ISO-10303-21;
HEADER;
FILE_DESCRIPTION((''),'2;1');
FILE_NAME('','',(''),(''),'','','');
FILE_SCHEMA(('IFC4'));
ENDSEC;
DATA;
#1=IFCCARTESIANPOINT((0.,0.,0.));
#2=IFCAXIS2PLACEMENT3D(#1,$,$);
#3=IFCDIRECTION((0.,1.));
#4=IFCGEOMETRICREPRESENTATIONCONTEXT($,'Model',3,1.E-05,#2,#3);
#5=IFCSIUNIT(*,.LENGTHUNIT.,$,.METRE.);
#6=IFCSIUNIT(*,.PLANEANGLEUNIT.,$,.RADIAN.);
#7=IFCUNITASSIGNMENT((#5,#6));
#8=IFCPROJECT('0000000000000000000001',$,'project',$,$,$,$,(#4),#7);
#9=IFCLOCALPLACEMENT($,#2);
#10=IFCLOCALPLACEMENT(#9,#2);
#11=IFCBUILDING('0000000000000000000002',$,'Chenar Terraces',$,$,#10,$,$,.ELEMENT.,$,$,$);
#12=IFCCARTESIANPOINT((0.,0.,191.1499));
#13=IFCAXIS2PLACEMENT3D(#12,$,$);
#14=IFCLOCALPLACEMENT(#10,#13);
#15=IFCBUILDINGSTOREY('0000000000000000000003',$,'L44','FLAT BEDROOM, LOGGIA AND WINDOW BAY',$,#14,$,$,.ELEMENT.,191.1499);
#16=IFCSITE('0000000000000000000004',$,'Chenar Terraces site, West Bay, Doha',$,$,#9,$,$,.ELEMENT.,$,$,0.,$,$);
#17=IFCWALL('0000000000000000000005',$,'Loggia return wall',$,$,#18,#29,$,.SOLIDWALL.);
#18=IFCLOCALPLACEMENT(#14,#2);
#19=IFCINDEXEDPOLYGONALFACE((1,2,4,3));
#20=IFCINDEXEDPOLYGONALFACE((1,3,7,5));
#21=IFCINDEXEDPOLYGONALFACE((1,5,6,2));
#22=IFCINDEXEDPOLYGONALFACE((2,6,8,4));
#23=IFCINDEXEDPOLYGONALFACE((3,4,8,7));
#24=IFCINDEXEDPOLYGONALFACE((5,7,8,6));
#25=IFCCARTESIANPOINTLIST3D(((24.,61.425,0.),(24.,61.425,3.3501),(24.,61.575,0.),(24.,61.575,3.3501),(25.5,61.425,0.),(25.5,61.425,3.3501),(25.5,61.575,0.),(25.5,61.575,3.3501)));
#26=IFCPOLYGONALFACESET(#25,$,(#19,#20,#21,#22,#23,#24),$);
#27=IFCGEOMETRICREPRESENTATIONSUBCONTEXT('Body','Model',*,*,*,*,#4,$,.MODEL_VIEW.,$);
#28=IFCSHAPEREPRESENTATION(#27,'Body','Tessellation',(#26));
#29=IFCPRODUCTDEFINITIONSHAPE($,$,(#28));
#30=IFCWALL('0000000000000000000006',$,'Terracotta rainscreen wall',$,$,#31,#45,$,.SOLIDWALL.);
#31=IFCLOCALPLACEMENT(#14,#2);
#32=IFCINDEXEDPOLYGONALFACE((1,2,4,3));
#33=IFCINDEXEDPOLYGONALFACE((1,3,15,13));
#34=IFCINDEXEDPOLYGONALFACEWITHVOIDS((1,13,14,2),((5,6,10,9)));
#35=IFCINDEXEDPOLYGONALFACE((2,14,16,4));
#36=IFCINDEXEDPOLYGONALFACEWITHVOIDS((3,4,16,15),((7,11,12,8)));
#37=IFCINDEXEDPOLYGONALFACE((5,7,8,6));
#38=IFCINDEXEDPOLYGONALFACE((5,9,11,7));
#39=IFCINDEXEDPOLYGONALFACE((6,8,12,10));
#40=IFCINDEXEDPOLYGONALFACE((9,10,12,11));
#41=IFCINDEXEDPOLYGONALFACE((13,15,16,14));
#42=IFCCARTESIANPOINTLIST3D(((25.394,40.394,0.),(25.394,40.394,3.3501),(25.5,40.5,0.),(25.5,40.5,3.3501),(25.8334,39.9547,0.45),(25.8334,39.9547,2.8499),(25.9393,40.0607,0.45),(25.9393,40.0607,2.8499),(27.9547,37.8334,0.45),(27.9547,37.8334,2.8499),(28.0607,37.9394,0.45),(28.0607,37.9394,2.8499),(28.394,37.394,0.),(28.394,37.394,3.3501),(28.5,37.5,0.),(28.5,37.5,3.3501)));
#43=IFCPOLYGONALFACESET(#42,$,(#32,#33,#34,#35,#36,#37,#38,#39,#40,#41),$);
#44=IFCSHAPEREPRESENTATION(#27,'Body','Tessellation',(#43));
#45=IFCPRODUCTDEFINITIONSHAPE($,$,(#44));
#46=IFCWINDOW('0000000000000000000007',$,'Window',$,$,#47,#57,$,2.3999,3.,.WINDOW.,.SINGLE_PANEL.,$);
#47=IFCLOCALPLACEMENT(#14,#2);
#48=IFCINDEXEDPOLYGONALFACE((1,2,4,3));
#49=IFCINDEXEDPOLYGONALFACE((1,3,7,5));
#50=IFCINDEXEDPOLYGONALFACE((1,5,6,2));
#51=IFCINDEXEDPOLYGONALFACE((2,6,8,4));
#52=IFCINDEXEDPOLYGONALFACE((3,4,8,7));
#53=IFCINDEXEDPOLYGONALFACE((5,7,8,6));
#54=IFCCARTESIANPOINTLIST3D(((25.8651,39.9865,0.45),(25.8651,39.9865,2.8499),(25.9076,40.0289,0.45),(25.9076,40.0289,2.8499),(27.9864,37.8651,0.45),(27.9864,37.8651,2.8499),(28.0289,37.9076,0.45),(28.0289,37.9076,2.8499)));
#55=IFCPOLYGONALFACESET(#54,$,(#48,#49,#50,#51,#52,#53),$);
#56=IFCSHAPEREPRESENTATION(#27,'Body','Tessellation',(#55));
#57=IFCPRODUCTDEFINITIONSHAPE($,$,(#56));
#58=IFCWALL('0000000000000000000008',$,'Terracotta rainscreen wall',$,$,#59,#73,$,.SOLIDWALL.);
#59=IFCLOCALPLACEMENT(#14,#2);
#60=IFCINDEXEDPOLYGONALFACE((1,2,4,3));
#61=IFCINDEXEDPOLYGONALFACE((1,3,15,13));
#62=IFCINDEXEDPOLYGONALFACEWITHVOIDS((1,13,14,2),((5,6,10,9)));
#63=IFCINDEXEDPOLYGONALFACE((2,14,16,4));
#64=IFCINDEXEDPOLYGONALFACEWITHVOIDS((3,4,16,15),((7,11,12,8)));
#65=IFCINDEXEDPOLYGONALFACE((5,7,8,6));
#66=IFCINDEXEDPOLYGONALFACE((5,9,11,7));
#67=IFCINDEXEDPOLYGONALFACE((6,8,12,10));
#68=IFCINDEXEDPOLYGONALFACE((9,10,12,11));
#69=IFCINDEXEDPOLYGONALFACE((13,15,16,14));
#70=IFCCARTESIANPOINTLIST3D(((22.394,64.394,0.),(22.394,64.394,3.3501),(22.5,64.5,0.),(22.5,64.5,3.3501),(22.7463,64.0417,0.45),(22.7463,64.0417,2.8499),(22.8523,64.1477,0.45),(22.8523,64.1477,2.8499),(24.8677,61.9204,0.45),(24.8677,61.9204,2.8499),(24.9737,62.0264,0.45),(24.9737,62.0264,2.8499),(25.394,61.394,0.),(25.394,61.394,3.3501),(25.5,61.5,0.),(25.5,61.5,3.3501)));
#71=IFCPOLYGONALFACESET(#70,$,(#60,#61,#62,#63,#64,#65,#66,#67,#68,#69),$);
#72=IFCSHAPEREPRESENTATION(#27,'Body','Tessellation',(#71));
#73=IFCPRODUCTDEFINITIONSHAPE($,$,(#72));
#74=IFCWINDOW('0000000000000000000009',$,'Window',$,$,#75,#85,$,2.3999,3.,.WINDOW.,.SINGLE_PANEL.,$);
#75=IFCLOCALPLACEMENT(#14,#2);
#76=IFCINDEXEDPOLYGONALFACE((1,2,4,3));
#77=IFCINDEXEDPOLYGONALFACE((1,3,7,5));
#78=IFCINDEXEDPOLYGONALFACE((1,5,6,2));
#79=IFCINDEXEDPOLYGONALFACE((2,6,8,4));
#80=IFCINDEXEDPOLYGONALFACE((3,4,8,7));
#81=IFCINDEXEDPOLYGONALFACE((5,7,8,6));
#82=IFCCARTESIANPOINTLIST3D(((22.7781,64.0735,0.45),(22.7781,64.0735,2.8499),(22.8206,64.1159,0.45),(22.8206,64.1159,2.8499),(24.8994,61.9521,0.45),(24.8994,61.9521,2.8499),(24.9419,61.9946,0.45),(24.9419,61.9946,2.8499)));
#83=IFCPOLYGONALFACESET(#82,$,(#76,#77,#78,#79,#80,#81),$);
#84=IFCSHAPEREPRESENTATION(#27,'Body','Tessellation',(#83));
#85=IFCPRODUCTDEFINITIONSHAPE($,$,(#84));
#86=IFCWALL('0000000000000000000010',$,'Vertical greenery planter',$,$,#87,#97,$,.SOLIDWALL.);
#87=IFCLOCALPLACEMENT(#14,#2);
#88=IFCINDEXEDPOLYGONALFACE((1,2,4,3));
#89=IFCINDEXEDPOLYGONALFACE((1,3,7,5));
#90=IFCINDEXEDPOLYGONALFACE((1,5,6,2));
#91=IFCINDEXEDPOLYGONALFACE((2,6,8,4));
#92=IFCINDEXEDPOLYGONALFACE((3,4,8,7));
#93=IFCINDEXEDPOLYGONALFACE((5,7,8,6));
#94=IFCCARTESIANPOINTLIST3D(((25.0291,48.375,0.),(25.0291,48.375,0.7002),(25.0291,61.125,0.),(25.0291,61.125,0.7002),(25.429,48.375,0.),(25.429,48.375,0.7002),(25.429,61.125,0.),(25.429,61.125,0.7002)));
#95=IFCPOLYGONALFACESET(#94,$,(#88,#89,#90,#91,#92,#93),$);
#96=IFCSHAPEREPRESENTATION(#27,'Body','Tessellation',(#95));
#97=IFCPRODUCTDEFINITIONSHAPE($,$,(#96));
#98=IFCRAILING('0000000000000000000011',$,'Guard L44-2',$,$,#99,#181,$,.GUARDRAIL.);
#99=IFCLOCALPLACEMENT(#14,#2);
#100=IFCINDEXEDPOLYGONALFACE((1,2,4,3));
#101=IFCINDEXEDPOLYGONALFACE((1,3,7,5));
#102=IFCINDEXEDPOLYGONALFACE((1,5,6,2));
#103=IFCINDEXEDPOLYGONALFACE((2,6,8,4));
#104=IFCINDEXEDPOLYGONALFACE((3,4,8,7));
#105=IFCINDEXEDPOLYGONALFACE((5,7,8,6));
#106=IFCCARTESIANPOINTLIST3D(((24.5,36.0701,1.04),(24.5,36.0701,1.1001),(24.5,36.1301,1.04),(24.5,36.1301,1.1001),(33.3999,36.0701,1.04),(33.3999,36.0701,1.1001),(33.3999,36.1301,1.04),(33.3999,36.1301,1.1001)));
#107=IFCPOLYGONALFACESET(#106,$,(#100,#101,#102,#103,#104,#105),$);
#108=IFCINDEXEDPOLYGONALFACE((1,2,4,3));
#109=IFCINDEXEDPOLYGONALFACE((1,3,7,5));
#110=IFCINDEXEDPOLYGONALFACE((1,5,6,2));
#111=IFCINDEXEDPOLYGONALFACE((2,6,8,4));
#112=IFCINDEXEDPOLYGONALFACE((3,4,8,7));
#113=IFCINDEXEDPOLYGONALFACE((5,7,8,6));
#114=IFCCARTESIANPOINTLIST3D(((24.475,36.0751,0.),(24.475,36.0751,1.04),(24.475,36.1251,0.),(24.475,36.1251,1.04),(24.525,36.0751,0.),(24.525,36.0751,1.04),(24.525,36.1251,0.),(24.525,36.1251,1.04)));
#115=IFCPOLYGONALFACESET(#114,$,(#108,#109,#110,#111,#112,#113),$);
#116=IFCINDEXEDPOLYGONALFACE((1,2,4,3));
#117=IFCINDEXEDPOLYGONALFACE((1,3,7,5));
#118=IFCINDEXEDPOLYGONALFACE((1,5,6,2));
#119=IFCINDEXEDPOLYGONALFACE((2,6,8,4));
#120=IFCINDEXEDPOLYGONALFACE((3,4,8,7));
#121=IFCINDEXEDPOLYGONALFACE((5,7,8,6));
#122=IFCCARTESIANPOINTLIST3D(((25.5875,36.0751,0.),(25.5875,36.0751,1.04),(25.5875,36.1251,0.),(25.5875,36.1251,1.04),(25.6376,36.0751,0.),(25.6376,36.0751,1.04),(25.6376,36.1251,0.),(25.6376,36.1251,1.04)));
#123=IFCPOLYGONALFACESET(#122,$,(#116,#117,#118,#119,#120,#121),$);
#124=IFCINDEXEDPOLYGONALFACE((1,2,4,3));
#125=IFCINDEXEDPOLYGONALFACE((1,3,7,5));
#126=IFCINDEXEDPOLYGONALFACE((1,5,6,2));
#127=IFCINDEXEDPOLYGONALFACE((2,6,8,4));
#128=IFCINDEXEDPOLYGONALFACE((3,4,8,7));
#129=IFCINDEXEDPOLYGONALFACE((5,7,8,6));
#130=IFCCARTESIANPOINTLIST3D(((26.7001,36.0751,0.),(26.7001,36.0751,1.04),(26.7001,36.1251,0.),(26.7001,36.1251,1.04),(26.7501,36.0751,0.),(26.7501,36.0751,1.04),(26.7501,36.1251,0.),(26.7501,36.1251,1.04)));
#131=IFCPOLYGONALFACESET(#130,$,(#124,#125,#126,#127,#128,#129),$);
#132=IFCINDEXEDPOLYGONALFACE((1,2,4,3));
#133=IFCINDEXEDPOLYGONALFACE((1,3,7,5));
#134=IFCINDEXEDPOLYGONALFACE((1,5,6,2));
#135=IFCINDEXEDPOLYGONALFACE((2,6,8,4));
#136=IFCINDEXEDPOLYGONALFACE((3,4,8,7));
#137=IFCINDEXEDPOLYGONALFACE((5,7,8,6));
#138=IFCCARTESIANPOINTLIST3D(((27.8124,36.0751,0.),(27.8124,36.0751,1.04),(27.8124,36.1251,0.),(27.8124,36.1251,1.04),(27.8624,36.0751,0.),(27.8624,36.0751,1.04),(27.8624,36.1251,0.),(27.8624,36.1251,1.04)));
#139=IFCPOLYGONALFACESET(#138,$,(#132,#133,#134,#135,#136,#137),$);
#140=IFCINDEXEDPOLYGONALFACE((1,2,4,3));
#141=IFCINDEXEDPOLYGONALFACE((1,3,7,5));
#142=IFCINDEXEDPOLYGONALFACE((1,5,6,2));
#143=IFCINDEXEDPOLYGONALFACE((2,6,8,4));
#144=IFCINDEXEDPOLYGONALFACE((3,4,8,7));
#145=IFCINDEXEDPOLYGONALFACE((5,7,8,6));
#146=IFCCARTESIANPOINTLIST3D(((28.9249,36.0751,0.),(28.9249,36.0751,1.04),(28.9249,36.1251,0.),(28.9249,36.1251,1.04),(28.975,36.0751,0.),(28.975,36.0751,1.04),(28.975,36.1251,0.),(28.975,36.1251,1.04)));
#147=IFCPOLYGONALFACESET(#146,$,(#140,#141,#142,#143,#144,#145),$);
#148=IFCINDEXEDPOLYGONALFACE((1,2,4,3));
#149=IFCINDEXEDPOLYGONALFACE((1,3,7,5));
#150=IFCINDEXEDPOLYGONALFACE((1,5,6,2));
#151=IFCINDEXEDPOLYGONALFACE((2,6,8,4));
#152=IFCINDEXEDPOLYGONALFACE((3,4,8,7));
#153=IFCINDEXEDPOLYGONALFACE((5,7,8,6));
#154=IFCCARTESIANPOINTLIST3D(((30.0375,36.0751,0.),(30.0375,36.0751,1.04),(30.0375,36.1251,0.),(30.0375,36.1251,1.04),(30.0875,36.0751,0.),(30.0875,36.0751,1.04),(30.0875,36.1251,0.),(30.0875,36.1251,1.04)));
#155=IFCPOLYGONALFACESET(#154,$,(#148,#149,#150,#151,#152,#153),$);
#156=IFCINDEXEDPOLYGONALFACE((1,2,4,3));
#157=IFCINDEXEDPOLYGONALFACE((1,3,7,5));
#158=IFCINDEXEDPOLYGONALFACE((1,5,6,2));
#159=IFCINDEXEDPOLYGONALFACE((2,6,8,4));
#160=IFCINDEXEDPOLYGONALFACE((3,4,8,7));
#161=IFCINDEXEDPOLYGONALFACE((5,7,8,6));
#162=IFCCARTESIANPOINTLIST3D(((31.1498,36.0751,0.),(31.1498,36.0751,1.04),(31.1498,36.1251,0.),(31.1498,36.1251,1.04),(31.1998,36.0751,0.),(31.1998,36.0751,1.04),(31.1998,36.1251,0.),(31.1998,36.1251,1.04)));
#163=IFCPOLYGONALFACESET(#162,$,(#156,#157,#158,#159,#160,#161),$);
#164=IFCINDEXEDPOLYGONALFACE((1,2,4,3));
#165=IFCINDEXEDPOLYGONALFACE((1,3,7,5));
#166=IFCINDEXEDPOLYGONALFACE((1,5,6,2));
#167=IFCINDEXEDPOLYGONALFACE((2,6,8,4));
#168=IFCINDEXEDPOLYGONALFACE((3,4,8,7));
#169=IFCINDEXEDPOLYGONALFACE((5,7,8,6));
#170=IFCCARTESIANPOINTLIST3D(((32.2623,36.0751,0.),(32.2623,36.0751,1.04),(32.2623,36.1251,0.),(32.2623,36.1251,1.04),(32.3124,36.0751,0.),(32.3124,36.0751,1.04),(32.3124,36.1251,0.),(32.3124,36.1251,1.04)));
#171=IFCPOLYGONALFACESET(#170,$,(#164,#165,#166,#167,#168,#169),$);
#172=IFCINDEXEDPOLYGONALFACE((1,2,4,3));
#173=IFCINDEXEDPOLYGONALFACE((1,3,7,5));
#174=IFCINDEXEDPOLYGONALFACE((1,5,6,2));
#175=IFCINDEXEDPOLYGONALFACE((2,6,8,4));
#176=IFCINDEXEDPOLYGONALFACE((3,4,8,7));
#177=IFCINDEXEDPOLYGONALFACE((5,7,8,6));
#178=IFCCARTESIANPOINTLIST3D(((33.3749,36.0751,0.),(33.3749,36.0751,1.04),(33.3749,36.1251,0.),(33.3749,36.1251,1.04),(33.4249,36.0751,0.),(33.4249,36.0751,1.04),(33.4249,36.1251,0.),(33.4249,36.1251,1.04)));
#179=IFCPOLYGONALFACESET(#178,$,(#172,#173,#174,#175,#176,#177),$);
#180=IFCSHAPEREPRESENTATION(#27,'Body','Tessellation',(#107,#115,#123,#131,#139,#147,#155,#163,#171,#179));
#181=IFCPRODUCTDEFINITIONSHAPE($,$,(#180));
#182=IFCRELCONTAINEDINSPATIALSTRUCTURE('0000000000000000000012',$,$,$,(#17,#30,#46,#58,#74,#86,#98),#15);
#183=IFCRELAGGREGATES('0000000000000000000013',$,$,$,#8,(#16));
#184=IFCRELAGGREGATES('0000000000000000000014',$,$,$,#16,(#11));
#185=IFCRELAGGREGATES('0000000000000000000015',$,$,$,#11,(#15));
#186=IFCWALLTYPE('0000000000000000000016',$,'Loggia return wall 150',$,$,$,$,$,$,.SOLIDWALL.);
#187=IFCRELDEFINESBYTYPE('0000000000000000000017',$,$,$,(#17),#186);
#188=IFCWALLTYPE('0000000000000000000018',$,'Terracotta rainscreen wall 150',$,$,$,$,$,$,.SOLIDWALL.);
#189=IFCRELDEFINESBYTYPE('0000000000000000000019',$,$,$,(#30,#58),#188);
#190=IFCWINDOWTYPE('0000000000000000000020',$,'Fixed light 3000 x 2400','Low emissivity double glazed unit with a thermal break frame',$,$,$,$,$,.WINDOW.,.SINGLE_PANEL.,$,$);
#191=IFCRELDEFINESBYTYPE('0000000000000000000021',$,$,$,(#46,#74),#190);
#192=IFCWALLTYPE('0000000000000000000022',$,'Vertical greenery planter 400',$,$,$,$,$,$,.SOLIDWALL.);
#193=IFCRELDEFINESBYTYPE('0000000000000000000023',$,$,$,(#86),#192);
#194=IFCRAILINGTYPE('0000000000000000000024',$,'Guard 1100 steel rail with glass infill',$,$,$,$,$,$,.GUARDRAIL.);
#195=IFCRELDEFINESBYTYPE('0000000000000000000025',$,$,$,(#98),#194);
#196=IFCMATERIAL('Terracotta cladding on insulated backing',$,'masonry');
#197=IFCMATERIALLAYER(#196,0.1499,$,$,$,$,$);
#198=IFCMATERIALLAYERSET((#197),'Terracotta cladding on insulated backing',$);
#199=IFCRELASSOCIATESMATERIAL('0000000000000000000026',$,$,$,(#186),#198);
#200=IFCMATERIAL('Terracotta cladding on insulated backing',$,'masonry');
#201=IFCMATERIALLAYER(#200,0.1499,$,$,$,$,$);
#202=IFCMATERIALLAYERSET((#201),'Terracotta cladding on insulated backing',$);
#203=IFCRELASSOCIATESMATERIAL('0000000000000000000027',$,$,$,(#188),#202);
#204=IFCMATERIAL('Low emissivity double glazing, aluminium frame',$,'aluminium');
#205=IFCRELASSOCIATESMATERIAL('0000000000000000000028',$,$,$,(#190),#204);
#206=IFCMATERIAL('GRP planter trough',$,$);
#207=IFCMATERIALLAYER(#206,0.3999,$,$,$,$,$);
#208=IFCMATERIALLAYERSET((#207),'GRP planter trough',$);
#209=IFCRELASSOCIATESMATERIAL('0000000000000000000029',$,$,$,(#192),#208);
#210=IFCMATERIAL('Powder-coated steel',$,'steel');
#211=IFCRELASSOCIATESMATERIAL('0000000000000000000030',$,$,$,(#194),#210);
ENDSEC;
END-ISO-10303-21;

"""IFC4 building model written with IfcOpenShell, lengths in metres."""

from ifc_helpers import new_model, si_unit, direction, frame, frame_2d, origin, origin_2d, place, context, subcontext, project, spatial, rectangle, extrude, material, layer, layer_set, type_object, element, fill, save


model = new_model("IFC4")

# Units and contexts
model_context = context("Model", 3, precision=1e-05, world=origin(), true_north=direction((0.0, 1.0)))
body_context = subcontext(model_context, "Body", "Model", "MODEL_VIEW")
ifc_project = project(units=[si_unit("LENGTHUNIT", "METRE"), si_unit("PLANEANGLEUNIT", "RADIAN")], contexts=[model_context])

# Site, building, storey
site_placement = place(None, origin())
site = spatial("IfcSite", under=ifc_project, at=site_placement, Name="Chenar Terraces site, West Bay, Doha", CompositionType="ELEMENT", RefElevation=0.0)
building_placement = place(site_placement, origin())
building = spatial("IfcBuilding", under=site, at=building_placement, Name="Chenar Terraces", CompositionType="ELEMENT")
storey_placement = place(building_placement, frame((0.0, 0.0, 191.1499)))
storey = spatial("IfcBuildingStorey", under=building, at=storey_placement, Name="L44", Description="FLAT BEDROOM, LOGGIA AND WINDOW BAY", CompositionType="ELEMENT", Elevation=191.1499)

# Wall
ifc_material_1 = material(Name="Terracotta cladding on insulated backing", Category="masonry")
ifc_layer_1 = layer(ifc_material_1, 0.1499)
ifc_layer_set_1 = layer_set([ifc_layer_1], Name="Terracotta cladding on insulated backing")
wall_type_1 = type_object("IfcWallType", Name="Loggia return wall 150", PredefinedType="SOLIDWALL", material=ifc_layer_set_1)
for number, where, z_axis, x_axis, name in (
    (1, (25.5, 61.5, 0.0), (0.0, 0.0, 1.0), (-1.0, 0.0, 0.0), "Loggia return wall"),
):
    element("IfcWall", number, at=place(storey_placement, frame(where, z_axis=z_axis, x_axis=x_axis)), inside=storey, type_object=wall_type_1, Name=name, PredefinedType="SOLIDWALL", context=body_context, shape_type="SweptSolid", body=[
        extrude(rectangle(XDim=1.5, YDim=0.1499, at=frame_2d((0.75, 0.0))), origin(), (0.0, 0.0, 1.0), 3.3501),
    ])

# Walls, openings, windows
ifc_material_2 = material(Name="Terracotta cladding on insulated backing", Category="masonry")
ifc_layer_2 = layer(ifc_material_2, 0.1499)
ifc_layer_set_2 = layer_set([ifc_layer_2], Name="Terracotta cladding on insulated backing")
wall_type_2 = type_object("IfcWallType", Name="Terracotta rainscreen wall 150", PredefinedType="SOLIDWALL", material=ifc_layer_set_2)
wall_1_placement = place(storey_placement, frame((28.447, 37.447, 0.0), z_axis=(0.0, 0.0, 1.0), x_axis=(-0.707107, 0.707107, 0.0)))
wall_1 = element("IfcWall", 2, at=wall_1_placement, inside=storey, type_object=wall_type_2, Name="Terracotta rainscreen wall", PredefinedType="SOLIDWALL", context=body_context, shape_type="SweptSolid", body=[
    extrude(rectangle(XDim=4.2427, YDim=0.1499, at=frame_2d((2.1213, 0.0))), origin(), (0.0, 0.0, 1.0), 3.3501),
])
opening_1_placement = place(wall_1_placement, frame((0.6213, 0.0, 0.45)))
opening_1 = element("IfcOpeningElement", 3, at=opening_1_placement, cuts=wall_1, PredefinedType="OPENING", context=body_context, shape_type="SweptSolid", body=[
    extrude(rectangle(XDim=3.0, YDim=2.3999, at=frame_2d((1.5, 1.2))), frame((0.0, 0.085, 0.0), z_axis=(0.0, -1.0, 0.0), x_axis=(1.0, 0.0, 0.0)), (0.0, 0.0, 1.0), 0.1699),
])
ifc_material_3 = material(Name="Low emissivity double glazing, aluminium frame", Category="aluminium")
window_type_1 = type_object("IfcWindowType", Name="Fixed light 3000 x 2400", Description="Low emissivity double glazed unit with a thermal break frame", PartitioningType="SINGLE_PANEL", PredefinedType="WINDOW", material=ifc_material_3)
window_1_placement = place(opening_1_placement, origin())
window_1 = element("IfcWindow", 4, at=window_1_placement, inside=storey, type_object=window_type_1, Name="Window", OverallHeight=2.3999, OverallWidth=3.0, PartitioningType="SINGLE_PANEL", PredefinedType="WINDOW", context=body_context, shape_type="SweptSolid", body=[
    extrude(rectangle(XDim=3.0, YDim=2.3999, at=frame_2d((1.5, 1.2))), frame((0.0, 0.03, 0.0), z_axis=(0.0, -1.0, 0.0), x_axis=(1.0, 0.0, 0.0)), (0.0, 0.0, 1.0), 0.0601),
])
fill(opening_1, window_1)
wall_2_placement = place(storey_placement, frame((25.447, 61.447, 0.0), z_axis=(0.0, 0.0, 1.0), x_axis=(-0.707107, 0.707107, 0.0)))
wall_2 = element("IfcWall", 5, at=wall_2_placement, inside=storey, type_object=wall_type_2, Name="Terracotta rainscreen wall", PredefinedType="SOLIDWALL", context=body_context, shape_type="SweptSolid", body=[
    extrude(rectangle(XDim=4.2427, YDim=0.1499, at=frame_2d((2.1213, 0.0))), origin(), (0.0, 0.0, 1.0), 3.3501),
])
opening_2_placement = place(wall_2_placement, frame((0.7444, 0.0, 0.45)))
opening_2 = element("IfcOpeningElement", 6, at=opening_2_placement, cuts=wall_2, PredefinedType="OPENING", context=body_context, shape_type="SweptSolid", body=[
    extrude(rectangle(XDim=3.0, YDim=2.3999, at=frame_2d((1.5, 1.2))), frame((0.0, 0.085, 0.0), z_axis=(0.0, -1.0, 0.0), x_axis=(1.0, 0.0, 0.0)), (0.0, 0.0, 1.0), 0.1699),
])
window_2_placement = place(opening_2_placement, origin())
window_2 = element("IfcWindow", 7, at=window_2_placement, inside=storey, type_object=window_type_1, Name="Window", OverallHeight=2.3999, OverallWidth=3.0, PartitioningType="SINGLE_PANEL", PredefinedType="WINDOW", context=body_context, shape_type="SweptSolid", body=[
    extrude(rectangle(XDim=3.0, YDim=2.3999, at=frame_2d((1.5, 1.2))), frame((0.0, 0.03, 0.0), z_axis=(0.0, -1.0, 0.0), x_axis=(1.0, 0.0, 0.0)), (0.0, 0.0, 1.0), 0.0601),
])
fill(opening_2, window_2)

# Wall
ifc_material_4 = material(Name="GRP planter trough")
ifc_layer_3 = layer(ifc_material_4, 0.3999)
ifc_layer_set_3 = layer_set([ifc_layer_3], Name="GRP planter trough")
wall_type_3 = type_object("IfcWallType", Name="Vertical greenery planter 400", PredefinedType="SOLIDWALL", material=ifc_layer_set_3)
wall_3_placement = place(storey_placement, frame((25.229, 48.375, 0.0), z_axis=(0.0, 0.0, 1.0), x_axis=(0.0, 1.0, 0.0)))
element("IfcWall", 8, at=wall_3_placement, inside=storey, type_object=wall_type_3, Name="Vertical greenery planter", PredefinedType="SOLIDWALL", context=body_context, shape_type="SweptSolid", body=[
    extrude(rectangle(XDim=12.75, YDim=0.3999, at=frame_2d((6.375, 0.0))), origin(), (0.0, 0.0, 1.0), 0.7002),
])

# Railing
ifc_material_5 = material(Name="Powder-coated steel", Category="steel")
railing_type_1 = type_object("IfcRailingType", Name="Guard 1100 steel rail with glass infill", PredefinedType="GUARDRAIL", material=ifc_material_5)
railing_1_placement = place(storey_placement, frame((24.5, 36.1001, 0.0)))
element("IfcRailing", 9, at=railing_1_placement, inside=storey, type_object=railing_type_1, Name="Guard L44-2", PredefinedType="GUARDRAIL", context=body_context, shape_type="SweptSolid", body=[
    extrude(rectangle(XDim=0.0601, YDim=0.0601, at=origin_2d()), frame((0.0, 0.0, 1.0701), z_axis=(1.0, 0.0, 0.0), x_axis=(0.0, 1.0, 0.0)), (0.0, 0.0, 1.0), 8.8999),
    extrude(rectangle(XDim=0.05, YDim=0.05, at=origin_2d()), origin(), (0.0, 0.0, 1.0), 1.04),
    extrude(rectangle(XDim=0.05, YDim=0.05, at=origin_2d()), frame((1.1125, 0.0, 0.0)), (0.0, 0.0, 1.0), 1.04),
    extrude(rectangle(XDim=0.05, YDim=0.05, at=origin_2d()), frame((2.2251, 0.0, 0.0)), (0.0, 0.0, 1.0), 1.04),
    extrude(rectangle(XDim=0.05, YDim=0.05, at=origin_2d()), frame((3.3374, 0.0, 0.0)), (0.0, 0.0, 1.0), 1.04),
    extrude(rectangle(XDim=0.05, YDim=0.05, at=origin_2d()), frame((4.45, 0.0, 0.0)), (0.0, 0.0, 1.0), 1.04),
    extrude(rectangle(XDim=0.05, YDim=0.05, at=origin_2d()), frame((5.5625, 0.0, 0.0)), (0.0, 0.0, 1.0), 1.04),
    extrude(rectangle(XDim=0.05, YDim=0.05, at=origin_2d()), frame((6.6748, 0.0, 0.0)), (0.0, 0.0, 1.0), 1.04),
    extrude(rectangle(XDim=0.05, YDim=0.05, at=origin_2d()), frame((7.7874, 0.0, 0.0)), (0.0, 0.0, 1.0), 1.04),
    extrude(rectangle(XDim=0.05, YDim=0.05, at=origin_2d()), frame((8.8999, 0.0, 0.0)), (0.0, 0.0, 1.0), 1.04),
])

save(model, "model.ifc")
